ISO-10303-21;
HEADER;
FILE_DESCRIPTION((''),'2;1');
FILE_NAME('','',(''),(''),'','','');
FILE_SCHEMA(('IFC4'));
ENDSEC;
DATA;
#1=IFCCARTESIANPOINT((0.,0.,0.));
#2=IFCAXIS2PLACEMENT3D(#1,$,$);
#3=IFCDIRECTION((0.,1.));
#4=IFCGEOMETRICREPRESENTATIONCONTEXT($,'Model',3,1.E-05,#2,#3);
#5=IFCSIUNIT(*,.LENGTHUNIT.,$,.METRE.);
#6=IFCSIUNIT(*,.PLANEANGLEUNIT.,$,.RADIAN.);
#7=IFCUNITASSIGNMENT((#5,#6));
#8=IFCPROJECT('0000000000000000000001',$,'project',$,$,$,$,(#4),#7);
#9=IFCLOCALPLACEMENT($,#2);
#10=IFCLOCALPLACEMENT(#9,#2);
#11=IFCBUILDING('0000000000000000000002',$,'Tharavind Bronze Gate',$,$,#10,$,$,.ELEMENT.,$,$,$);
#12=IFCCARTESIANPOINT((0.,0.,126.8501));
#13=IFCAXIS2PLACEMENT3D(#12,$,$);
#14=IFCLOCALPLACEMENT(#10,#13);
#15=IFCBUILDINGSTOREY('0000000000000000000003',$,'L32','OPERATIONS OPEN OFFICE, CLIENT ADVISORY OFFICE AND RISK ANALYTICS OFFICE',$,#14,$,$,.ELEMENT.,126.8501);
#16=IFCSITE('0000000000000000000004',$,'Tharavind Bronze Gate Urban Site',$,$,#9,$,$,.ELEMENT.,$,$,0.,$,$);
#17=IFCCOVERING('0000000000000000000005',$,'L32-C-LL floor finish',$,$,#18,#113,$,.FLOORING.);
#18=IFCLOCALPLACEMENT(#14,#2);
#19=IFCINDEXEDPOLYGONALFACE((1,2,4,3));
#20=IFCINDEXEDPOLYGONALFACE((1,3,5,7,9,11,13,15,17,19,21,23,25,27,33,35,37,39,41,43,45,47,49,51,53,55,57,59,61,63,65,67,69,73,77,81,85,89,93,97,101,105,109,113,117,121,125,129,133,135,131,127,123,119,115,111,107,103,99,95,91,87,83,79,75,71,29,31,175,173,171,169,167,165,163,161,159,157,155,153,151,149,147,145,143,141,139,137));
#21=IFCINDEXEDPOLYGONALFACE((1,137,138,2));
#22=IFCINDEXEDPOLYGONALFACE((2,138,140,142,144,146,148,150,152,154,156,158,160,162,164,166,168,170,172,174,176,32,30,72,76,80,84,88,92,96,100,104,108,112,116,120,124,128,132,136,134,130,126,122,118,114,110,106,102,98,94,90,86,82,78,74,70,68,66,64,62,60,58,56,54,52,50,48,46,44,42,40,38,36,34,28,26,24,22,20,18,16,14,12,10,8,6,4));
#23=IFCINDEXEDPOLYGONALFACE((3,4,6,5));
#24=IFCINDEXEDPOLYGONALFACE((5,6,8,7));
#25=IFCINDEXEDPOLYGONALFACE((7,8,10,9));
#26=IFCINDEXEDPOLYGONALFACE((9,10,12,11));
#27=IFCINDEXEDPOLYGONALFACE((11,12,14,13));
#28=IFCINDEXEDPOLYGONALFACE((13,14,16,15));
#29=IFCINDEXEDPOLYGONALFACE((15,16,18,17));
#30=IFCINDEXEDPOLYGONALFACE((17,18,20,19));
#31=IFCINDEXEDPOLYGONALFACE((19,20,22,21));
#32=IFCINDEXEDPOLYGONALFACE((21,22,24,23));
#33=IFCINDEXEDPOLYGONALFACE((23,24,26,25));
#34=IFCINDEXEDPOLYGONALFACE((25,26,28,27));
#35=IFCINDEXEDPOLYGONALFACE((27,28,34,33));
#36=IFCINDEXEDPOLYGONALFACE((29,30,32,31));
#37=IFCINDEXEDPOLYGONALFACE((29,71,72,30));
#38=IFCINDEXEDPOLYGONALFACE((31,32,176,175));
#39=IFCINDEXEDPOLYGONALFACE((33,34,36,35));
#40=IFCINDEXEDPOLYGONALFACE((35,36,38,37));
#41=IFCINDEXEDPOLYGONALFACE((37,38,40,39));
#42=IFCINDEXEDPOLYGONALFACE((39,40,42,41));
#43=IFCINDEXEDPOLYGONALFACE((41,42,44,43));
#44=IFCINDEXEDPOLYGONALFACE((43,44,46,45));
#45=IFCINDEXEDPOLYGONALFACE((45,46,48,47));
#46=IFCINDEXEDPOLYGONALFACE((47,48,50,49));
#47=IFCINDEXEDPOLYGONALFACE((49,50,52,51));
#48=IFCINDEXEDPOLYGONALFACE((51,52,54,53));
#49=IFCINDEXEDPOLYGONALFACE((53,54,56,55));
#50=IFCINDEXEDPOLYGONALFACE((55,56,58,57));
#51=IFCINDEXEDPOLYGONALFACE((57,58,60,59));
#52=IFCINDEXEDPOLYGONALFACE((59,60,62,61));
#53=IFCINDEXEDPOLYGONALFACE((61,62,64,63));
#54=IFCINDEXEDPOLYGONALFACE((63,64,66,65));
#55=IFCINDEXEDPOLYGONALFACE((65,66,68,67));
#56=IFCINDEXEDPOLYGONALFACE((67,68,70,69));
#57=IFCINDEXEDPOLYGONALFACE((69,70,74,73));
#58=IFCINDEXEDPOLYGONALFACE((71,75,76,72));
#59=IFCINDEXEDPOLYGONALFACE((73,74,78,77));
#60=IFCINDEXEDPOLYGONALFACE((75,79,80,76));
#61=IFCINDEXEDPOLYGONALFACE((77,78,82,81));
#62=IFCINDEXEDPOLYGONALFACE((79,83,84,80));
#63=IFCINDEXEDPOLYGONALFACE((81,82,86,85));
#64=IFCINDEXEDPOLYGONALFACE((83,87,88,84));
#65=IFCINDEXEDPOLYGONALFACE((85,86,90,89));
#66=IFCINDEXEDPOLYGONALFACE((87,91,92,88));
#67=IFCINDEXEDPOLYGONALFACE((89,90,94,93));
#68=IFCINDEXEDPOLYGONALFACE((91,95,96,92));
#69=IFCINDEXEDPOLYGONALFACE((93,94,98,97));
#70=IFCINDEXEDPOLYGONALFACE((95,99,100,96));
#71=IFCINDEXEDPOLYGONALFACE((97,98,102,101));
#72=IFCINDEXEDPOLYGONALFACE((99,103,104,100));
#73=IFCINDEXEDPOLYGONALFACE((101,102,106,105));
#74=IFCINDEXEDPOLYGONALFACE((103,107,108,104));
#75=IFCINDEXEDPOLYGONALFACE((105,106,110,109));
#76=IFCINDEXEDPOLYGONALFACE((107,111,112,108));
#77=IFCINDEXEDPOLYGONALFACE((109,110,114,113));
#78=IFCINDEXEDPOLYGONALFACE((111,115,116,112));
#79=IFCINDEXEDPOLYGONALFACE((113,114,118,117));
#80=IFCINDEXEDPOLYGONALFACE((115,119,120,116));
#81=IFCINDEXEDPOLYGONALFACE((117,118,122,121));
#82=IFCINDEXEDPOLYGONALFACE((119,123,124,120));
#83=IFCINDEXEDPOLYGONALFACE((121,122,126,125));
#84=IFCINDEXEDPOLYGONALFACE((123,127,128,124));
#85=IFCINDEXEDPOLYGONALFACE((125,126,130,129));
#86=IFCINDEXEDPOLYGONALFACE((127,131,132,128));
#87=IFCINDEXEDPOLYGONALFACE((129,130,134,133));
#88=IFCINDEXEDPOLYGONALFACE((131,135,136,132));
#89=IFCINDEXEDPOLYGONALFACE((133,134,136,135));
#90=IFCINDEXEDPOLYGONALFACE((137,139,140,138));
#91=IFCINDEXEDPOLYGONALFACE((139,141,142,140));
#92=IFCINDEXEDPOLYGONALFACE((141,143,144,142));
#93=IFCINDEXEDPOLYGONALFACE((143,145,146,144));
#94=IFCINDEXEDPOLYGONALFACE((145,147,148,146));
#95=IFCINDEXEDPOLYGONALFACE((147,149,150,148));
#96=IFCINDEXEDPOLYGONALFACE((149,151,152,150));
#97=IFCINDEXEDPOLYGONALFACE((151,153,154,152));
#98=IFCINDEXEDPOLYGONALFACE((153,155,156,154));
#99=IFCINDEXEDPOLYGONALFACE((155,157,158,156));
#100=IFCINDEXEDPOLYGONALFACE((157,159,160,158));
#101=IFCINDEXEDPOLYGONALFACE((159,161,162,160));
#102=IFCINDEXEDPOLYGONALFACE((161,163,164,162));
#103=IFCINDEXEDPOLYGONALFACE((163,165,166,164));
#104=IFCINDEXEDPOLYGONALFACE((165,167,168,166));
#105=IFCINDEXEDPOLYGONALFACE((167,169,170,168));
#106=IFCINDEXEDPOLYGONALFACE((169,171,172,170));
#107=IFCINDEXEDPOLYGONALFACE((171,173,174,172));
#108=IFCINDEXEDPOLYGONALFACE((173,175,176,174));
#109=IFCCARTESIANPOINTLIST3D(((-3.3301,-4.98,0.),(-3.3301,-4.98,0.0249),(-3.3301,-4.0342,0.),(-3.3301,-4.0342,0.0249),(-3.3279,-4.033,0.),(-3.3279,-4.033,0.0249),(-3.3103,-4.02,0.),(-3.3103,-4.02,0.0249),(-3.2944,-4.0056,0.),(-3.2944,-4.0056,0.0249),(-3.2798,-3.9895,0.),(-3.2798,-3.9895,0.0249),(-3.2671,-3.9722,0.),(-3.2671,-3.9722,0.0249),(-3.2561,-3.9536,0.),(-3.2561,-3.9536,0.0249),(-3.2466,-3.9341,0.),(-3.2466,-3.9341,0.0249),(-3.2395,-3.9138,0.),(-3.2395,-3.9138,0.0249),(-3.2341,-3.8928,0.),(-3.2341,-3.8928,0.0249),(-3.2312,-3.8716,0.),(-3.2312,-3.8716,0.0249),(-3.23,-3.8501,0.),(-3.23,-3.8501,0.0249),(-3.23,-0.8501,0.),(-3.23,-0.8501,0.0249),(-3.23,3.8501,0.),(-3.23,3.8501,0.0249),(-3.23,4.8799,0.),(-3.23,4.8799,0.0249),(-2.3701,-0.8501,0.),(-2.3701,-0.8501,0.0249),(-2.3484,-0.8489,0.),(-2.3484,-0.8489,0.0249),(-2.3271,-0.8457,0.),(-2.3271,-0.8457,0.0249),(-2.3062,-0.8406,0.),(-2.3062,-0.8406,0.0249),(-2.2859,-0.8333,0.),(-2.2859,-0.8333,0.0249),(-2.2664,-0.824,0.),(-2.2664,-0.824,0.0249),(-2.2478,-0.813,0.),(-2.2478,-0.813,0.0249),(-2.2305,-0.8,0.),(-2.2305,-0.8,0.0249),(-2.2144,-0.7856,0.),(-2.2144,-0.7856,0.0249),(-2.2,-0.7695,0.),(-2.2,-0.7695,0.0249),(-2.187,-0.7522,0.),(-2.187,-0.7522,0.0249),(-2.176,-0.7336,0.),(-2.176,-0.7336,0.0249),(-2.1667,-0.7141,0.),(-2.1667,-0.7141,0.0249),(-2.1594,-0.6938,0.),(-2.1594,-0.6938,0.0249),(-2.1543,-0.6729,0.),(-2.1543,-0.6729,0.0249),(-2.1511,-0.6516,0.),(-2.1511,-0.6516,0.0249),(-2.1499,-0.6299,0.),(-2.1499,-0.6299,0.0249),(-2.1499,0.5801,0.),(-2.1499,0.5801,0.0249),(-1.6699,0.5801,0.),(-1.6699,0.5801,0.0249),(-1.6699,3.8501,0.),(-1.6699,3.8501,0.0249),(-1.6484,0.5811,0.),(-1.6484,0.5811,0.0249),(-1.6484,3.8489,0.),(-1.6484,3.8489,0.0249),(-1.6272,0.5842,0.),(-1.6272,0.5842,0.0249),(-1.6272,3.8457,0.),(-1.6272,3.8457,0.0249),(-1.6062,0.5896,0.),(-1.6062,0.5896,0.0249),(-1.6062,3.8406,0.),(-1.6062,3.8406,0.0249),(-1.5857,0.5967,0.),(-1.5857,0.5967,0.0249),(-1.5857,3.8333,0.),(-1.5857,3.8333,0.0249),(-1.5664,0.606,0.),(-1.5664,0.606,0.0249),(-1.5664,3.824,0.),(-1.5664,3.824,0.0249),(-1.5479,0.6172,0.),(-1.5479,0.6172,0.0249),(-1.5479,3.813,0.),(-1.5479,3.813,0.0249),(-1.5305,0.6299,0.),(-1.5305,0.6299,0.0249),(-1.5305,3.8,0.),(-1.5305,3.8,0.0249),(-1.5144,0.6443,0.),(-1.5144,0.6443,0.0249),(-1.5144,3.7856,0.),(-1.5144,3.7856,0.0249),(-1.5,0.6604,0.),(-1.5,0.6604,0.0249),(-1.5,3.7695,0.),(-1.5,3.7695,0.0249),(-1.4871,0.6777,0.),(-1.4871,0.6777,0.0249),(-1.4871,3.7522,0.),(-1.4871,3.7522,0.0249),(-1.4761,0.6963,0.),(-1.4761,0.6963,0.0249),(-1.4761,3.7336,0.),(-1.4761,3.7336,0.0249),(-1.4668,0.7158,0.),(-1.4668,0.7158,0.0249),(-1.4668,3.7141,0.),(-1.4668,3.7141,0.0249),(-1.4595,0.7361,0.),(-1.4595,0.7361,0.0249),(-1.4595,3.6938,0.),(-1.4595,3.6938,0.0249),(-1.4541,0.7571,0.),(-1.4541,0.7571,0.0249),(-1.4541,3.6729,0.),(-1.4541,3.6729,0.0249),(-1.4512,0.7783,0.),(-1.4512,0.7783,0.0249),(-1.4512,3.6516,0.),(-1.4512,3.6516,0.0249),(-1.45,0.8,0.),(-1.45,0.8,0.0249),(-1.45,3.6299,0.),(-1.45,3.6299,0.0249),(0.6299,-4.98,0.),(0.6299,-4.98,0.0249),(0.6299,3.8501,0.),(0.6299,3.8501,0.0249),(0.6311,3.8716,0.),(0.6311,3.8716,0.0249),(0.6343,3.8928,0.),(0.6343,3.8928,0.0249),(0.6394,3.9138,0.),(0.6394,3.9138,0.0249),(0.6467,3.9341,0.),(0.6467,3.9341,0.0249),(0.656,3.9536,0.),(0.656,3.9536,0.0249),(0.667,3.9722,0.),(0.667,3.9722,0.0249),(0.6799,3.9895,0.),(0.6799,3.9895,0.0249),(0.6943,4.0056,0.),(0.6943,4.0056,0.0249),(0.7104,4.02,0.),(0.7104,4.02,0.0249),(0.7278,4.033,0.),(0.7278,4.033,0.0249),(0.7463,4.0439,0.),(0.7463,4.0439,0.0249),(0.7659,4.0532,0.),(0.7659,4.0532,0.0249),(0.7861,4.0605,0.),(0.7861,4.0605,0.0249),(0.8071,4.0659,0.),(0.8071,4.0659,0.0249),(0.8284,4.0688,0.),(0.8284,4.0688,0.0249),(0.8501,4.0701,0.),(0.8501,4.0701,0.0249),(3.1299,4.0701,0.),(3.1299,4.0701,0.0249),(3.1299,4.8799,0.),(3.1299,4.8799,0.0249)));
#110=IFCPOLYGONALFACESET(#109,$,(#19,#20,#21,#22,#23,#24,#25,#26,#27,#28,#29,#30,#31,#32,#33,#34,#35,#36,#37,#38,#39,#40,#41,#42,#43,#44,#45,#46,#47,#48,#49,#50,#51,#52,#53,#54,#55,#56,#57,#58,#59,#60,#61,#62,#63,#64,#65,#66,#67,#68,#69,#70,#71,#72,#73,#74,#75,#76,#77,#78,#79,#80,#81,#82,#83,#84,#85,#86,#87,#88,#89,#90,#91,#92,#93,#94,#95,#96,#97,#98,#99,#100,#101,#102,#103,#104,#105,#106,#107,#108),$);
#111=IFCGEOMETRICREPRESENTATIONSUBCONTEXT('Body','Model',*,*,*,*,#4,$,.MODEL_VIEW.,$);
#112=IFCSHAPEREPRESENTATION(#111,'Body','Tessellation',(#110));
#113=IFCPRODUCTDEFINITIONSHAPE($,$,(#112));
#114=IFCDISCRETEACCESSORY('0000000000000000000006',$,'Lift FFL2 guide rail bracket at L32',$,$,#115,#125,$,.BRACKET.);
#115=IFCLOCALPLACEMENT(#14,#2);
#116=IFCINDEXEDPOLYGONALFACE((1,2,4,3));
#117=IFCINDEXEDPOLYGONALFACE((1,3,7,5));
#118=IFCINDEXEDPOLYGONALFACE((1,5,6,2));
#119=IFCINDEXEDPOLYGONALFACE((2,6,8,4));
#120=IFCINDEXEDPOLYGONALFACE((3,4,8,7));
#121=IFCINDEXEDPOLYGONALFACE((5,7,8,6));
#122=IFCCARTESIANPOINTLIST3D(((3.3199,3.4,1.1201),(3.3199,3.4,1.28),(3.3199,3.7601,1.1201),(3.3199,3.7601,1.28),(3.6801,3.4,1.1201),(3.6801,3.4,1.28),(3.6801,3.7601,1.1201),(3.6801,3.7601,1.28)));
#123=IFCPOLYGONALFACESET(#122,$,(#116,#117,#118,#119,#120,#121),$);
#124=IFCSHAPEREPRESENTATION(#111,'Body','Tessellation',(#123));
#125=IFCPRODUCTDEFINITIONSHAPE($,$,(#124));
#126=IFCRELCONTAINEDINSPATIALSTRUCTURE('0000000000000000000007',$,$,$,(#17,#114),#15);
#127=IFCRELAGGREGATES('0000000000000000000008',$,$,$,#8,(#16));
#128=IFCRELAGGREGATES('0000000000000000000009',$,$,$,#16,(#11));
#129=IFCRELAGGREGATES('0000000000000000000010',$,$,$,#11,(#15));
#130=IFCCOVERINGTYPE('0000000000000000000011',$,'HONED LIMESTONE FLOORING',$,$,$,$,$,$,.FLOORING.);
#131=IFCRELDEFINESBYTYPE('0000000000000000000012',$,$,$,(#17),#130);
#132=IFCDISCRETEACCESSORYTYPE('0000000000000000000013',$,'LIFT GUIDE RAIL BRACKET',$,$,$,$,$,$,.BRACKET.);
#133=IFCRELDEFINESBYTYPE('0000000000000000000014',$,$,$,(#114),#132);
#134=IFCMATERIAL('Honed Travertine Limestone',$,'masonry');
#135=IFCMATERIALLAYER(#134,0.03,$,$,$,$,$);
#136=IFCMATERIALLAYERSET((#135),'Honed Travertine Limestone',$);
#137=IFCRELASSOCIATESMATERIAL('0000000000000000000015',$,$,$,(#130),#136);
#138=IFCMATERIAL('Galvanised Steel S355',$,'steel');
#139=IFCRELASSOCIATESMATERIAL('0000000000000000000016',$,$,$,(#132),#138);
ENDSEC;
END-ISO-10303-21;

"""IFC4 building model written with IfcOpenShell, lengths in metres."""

from ifc_helpers import new_model, si_unit, direction, frame, origin, origin_2d, place, context, subcontext, project, spatial, polyline, rectangle, outline, extrude, material, layer, layer_set, type_object, element, save


model = new_model("IFC4")

# Units and contexts
model_context = context("Model", 3, precision=1e-05, world=origin(), true_north=direction((0.0, 1.0)))
body_context = subcontext(model_context, "Body", "Model", "MODEL_VIEW")
ifc_project = project(units=[si_unit("LENGTHUNIT", "METRE"), si_unit("PLANEANGLEUNIT", "RADIAN")], contexts=[model_context])

# Site, building, storey
site_placement = place(None, origin())
site = spatial("IfcSite", under=ifc_project, at=site_placement, Name="Tharavind Bronze Gate Urban Site", CompositionType="ELEMENT", RefElevation=0.0)
building_placement = place(site_placement, origin())
building = spatial("IfcBuilding", under=site, at=building_placement, Name="Tharavind Bronze Gate", CompositionType="ELEMENT")
storey_placement = place(building_placement, frame((0.0, 0.0, 126.8501)))
storey = spatial("IfcBuildingStorey", under=building, at=storey_placement, Name="L32", Description="OPERATIONS OPEN OFFICE, CLIENT ADVISORY OFFICE AND RISK ANALYTICS OFFICE", CompositionType="ELEMENT", Elevation=126.8501)

# Covering
ifc_material_1 = material(Name="Honed Travertine Limestone", Category="masonry")
ifc_layer_1 = layer(ifc_material_1, 0.03)
ifc_layer_set_1 = layer_set([ifc_layer_1], Name="Honed Travertine Limestone")
covering_type_1 = type_object("IfcCoveringType", Name="HONED LIMESTONE FLOORING", PredefinedType="FLOORING", material=ifc_layer_set_1)
covering_1_placement = place(storey_placement, origin())
element("IfcCovering", 1, at=covering_1_placement, inside=storey, type_object=covering_type_1, Name="L32-C-LL floor finish", PredefinedType="FLOORING", context=body_context, shape_type="SweptSolid", body=[
    extrude(outline(polyline([(-3.3301, -4.98), (0.6299, -4.98), (0.6299, 3.8501), (0.6311, 3.8716), (0.6343, 3.8928), (0.6394, 3.9138), (0.6467, 3.9341), (0.656, 3.9536), (0.667, 3.9722), (0.6799, 3.9895), (0.6943, 4.0056), (0.7104, 4.02), (0.7278, 4.033), (0.7463, 4.0439), (0.7659, 4.0532), (0.7861, 4.0605), (0.8071, 4.0659), (0.8284, 4.0688), (0.8501, 4.0701), (3.1299, 4.0701), (3.1299, 4.8799), (-3.23, 4.8799), (-3.23, 3.8501), (-1.6699, 3.8501), (-1.6484, 3.8489), (-1.6272, 3.8457), (-1.6062, 3.8406), (-1.5857, 3.8333), (-1.5664, 3.824), (-1.5479, 3.813), (-1.5305, 3.8), (-1.5144, 3.7856), (-1.5, 3.7695), (-1.4871, 3.7522), (-1.4761, 3.7336), (-1.4668, 3.7141), (-1.4595, 3.6938), (-1.4541, 3.6729), (-1.4512, 3.6516), (-1.45, 3.6299), (-1.45, 0.8), (-1.4512, 0.7783), (-1.4541, 0.7571), (-1.4595, 0.7361), (-1.4668, 0.7158), (-1.4761, 0.6963), (-1.4871, 0.6777), (-1.5, 0.6604), (-1.5144, 0.6443), (-1.5305, 0.6299), (-1.5479, 0.6172), (-1.5664, 0.606), (-1.5857, 0.5967), (-1.6062, 0.5896), (-1.6272, 0.5842), (-1.6484, 0.5811), (-1.6699, 0.5801), (-2.1499, 0.5801), (-2.1499, -0.6299), (-2.1511, -0.6516), (-2.1543, -0.6729), (-2.1594, -0.6938), (-2.1667, -0.7141), (-2.176, -0.7336), (-2.187, -0.7522), (-2.2, -0.7695), (-2.2144, -0.7856), (-2.2305, -0.8), (-2.2478, -0.813), (-2.2664, -0.824), (-2.2859, -0.8333), (-2.3062, -0.8406), (-2.3271, -0.8457), (-2.3484, -0.8489), (-2.3701, -0.8501), (-3.23, -0.8501), (-3.23, -3.8501), (-3.2312, -3.8716), (-3.2341, -3.8928), (-3.2395, -3.9138), (-3.2466, -3.9341), (-3.2561, -3.9536), (-3.2671, -3.9722), (-3.2798, -3.9895), (-3.2944, -4.0056), (-3.3103, -4.02), (-3.3279, -4.033), (-3.3301, -4.0342), (-3.3301, -4.98)])), origin(), (0.0, 0.0, 1.0), 0.0249),
])

# Discrete accessory
ifc_material_2 = material(Name="Galvanised Steel S355", Category="steel")
discrete_accessory_type = type_object("IfcDiscreteAccessoryType", Name="LIFT GUIDE RAIL BRACKET", PredefinedType="BRACKET", material=ifc_material_2)
discrete_accessory_placement = place(storey_placement, frame((3.5, 3.5801, 1.1201), z_axis=(0.0, 0.0, 1.0), x_axis=(1.0, 0.0, 0.0)))
element("IfcDiscreteAccessory", 2, at=discrete_accessory_placement, inside=storey, type_object=discrete_accessory_type, Name="Lift FFL2 guide rail bracket at L32", PredefinedType="BRACKET", context=body_context, shape_type="SweptSolid", body=[
    extrude(rectangle(XDim=0.3601, YDim=0.3601, at=origin_2d()), origin(), (0.0, 0.0, 1.0), 0.1599),
])

save(model, "model.ifc")
